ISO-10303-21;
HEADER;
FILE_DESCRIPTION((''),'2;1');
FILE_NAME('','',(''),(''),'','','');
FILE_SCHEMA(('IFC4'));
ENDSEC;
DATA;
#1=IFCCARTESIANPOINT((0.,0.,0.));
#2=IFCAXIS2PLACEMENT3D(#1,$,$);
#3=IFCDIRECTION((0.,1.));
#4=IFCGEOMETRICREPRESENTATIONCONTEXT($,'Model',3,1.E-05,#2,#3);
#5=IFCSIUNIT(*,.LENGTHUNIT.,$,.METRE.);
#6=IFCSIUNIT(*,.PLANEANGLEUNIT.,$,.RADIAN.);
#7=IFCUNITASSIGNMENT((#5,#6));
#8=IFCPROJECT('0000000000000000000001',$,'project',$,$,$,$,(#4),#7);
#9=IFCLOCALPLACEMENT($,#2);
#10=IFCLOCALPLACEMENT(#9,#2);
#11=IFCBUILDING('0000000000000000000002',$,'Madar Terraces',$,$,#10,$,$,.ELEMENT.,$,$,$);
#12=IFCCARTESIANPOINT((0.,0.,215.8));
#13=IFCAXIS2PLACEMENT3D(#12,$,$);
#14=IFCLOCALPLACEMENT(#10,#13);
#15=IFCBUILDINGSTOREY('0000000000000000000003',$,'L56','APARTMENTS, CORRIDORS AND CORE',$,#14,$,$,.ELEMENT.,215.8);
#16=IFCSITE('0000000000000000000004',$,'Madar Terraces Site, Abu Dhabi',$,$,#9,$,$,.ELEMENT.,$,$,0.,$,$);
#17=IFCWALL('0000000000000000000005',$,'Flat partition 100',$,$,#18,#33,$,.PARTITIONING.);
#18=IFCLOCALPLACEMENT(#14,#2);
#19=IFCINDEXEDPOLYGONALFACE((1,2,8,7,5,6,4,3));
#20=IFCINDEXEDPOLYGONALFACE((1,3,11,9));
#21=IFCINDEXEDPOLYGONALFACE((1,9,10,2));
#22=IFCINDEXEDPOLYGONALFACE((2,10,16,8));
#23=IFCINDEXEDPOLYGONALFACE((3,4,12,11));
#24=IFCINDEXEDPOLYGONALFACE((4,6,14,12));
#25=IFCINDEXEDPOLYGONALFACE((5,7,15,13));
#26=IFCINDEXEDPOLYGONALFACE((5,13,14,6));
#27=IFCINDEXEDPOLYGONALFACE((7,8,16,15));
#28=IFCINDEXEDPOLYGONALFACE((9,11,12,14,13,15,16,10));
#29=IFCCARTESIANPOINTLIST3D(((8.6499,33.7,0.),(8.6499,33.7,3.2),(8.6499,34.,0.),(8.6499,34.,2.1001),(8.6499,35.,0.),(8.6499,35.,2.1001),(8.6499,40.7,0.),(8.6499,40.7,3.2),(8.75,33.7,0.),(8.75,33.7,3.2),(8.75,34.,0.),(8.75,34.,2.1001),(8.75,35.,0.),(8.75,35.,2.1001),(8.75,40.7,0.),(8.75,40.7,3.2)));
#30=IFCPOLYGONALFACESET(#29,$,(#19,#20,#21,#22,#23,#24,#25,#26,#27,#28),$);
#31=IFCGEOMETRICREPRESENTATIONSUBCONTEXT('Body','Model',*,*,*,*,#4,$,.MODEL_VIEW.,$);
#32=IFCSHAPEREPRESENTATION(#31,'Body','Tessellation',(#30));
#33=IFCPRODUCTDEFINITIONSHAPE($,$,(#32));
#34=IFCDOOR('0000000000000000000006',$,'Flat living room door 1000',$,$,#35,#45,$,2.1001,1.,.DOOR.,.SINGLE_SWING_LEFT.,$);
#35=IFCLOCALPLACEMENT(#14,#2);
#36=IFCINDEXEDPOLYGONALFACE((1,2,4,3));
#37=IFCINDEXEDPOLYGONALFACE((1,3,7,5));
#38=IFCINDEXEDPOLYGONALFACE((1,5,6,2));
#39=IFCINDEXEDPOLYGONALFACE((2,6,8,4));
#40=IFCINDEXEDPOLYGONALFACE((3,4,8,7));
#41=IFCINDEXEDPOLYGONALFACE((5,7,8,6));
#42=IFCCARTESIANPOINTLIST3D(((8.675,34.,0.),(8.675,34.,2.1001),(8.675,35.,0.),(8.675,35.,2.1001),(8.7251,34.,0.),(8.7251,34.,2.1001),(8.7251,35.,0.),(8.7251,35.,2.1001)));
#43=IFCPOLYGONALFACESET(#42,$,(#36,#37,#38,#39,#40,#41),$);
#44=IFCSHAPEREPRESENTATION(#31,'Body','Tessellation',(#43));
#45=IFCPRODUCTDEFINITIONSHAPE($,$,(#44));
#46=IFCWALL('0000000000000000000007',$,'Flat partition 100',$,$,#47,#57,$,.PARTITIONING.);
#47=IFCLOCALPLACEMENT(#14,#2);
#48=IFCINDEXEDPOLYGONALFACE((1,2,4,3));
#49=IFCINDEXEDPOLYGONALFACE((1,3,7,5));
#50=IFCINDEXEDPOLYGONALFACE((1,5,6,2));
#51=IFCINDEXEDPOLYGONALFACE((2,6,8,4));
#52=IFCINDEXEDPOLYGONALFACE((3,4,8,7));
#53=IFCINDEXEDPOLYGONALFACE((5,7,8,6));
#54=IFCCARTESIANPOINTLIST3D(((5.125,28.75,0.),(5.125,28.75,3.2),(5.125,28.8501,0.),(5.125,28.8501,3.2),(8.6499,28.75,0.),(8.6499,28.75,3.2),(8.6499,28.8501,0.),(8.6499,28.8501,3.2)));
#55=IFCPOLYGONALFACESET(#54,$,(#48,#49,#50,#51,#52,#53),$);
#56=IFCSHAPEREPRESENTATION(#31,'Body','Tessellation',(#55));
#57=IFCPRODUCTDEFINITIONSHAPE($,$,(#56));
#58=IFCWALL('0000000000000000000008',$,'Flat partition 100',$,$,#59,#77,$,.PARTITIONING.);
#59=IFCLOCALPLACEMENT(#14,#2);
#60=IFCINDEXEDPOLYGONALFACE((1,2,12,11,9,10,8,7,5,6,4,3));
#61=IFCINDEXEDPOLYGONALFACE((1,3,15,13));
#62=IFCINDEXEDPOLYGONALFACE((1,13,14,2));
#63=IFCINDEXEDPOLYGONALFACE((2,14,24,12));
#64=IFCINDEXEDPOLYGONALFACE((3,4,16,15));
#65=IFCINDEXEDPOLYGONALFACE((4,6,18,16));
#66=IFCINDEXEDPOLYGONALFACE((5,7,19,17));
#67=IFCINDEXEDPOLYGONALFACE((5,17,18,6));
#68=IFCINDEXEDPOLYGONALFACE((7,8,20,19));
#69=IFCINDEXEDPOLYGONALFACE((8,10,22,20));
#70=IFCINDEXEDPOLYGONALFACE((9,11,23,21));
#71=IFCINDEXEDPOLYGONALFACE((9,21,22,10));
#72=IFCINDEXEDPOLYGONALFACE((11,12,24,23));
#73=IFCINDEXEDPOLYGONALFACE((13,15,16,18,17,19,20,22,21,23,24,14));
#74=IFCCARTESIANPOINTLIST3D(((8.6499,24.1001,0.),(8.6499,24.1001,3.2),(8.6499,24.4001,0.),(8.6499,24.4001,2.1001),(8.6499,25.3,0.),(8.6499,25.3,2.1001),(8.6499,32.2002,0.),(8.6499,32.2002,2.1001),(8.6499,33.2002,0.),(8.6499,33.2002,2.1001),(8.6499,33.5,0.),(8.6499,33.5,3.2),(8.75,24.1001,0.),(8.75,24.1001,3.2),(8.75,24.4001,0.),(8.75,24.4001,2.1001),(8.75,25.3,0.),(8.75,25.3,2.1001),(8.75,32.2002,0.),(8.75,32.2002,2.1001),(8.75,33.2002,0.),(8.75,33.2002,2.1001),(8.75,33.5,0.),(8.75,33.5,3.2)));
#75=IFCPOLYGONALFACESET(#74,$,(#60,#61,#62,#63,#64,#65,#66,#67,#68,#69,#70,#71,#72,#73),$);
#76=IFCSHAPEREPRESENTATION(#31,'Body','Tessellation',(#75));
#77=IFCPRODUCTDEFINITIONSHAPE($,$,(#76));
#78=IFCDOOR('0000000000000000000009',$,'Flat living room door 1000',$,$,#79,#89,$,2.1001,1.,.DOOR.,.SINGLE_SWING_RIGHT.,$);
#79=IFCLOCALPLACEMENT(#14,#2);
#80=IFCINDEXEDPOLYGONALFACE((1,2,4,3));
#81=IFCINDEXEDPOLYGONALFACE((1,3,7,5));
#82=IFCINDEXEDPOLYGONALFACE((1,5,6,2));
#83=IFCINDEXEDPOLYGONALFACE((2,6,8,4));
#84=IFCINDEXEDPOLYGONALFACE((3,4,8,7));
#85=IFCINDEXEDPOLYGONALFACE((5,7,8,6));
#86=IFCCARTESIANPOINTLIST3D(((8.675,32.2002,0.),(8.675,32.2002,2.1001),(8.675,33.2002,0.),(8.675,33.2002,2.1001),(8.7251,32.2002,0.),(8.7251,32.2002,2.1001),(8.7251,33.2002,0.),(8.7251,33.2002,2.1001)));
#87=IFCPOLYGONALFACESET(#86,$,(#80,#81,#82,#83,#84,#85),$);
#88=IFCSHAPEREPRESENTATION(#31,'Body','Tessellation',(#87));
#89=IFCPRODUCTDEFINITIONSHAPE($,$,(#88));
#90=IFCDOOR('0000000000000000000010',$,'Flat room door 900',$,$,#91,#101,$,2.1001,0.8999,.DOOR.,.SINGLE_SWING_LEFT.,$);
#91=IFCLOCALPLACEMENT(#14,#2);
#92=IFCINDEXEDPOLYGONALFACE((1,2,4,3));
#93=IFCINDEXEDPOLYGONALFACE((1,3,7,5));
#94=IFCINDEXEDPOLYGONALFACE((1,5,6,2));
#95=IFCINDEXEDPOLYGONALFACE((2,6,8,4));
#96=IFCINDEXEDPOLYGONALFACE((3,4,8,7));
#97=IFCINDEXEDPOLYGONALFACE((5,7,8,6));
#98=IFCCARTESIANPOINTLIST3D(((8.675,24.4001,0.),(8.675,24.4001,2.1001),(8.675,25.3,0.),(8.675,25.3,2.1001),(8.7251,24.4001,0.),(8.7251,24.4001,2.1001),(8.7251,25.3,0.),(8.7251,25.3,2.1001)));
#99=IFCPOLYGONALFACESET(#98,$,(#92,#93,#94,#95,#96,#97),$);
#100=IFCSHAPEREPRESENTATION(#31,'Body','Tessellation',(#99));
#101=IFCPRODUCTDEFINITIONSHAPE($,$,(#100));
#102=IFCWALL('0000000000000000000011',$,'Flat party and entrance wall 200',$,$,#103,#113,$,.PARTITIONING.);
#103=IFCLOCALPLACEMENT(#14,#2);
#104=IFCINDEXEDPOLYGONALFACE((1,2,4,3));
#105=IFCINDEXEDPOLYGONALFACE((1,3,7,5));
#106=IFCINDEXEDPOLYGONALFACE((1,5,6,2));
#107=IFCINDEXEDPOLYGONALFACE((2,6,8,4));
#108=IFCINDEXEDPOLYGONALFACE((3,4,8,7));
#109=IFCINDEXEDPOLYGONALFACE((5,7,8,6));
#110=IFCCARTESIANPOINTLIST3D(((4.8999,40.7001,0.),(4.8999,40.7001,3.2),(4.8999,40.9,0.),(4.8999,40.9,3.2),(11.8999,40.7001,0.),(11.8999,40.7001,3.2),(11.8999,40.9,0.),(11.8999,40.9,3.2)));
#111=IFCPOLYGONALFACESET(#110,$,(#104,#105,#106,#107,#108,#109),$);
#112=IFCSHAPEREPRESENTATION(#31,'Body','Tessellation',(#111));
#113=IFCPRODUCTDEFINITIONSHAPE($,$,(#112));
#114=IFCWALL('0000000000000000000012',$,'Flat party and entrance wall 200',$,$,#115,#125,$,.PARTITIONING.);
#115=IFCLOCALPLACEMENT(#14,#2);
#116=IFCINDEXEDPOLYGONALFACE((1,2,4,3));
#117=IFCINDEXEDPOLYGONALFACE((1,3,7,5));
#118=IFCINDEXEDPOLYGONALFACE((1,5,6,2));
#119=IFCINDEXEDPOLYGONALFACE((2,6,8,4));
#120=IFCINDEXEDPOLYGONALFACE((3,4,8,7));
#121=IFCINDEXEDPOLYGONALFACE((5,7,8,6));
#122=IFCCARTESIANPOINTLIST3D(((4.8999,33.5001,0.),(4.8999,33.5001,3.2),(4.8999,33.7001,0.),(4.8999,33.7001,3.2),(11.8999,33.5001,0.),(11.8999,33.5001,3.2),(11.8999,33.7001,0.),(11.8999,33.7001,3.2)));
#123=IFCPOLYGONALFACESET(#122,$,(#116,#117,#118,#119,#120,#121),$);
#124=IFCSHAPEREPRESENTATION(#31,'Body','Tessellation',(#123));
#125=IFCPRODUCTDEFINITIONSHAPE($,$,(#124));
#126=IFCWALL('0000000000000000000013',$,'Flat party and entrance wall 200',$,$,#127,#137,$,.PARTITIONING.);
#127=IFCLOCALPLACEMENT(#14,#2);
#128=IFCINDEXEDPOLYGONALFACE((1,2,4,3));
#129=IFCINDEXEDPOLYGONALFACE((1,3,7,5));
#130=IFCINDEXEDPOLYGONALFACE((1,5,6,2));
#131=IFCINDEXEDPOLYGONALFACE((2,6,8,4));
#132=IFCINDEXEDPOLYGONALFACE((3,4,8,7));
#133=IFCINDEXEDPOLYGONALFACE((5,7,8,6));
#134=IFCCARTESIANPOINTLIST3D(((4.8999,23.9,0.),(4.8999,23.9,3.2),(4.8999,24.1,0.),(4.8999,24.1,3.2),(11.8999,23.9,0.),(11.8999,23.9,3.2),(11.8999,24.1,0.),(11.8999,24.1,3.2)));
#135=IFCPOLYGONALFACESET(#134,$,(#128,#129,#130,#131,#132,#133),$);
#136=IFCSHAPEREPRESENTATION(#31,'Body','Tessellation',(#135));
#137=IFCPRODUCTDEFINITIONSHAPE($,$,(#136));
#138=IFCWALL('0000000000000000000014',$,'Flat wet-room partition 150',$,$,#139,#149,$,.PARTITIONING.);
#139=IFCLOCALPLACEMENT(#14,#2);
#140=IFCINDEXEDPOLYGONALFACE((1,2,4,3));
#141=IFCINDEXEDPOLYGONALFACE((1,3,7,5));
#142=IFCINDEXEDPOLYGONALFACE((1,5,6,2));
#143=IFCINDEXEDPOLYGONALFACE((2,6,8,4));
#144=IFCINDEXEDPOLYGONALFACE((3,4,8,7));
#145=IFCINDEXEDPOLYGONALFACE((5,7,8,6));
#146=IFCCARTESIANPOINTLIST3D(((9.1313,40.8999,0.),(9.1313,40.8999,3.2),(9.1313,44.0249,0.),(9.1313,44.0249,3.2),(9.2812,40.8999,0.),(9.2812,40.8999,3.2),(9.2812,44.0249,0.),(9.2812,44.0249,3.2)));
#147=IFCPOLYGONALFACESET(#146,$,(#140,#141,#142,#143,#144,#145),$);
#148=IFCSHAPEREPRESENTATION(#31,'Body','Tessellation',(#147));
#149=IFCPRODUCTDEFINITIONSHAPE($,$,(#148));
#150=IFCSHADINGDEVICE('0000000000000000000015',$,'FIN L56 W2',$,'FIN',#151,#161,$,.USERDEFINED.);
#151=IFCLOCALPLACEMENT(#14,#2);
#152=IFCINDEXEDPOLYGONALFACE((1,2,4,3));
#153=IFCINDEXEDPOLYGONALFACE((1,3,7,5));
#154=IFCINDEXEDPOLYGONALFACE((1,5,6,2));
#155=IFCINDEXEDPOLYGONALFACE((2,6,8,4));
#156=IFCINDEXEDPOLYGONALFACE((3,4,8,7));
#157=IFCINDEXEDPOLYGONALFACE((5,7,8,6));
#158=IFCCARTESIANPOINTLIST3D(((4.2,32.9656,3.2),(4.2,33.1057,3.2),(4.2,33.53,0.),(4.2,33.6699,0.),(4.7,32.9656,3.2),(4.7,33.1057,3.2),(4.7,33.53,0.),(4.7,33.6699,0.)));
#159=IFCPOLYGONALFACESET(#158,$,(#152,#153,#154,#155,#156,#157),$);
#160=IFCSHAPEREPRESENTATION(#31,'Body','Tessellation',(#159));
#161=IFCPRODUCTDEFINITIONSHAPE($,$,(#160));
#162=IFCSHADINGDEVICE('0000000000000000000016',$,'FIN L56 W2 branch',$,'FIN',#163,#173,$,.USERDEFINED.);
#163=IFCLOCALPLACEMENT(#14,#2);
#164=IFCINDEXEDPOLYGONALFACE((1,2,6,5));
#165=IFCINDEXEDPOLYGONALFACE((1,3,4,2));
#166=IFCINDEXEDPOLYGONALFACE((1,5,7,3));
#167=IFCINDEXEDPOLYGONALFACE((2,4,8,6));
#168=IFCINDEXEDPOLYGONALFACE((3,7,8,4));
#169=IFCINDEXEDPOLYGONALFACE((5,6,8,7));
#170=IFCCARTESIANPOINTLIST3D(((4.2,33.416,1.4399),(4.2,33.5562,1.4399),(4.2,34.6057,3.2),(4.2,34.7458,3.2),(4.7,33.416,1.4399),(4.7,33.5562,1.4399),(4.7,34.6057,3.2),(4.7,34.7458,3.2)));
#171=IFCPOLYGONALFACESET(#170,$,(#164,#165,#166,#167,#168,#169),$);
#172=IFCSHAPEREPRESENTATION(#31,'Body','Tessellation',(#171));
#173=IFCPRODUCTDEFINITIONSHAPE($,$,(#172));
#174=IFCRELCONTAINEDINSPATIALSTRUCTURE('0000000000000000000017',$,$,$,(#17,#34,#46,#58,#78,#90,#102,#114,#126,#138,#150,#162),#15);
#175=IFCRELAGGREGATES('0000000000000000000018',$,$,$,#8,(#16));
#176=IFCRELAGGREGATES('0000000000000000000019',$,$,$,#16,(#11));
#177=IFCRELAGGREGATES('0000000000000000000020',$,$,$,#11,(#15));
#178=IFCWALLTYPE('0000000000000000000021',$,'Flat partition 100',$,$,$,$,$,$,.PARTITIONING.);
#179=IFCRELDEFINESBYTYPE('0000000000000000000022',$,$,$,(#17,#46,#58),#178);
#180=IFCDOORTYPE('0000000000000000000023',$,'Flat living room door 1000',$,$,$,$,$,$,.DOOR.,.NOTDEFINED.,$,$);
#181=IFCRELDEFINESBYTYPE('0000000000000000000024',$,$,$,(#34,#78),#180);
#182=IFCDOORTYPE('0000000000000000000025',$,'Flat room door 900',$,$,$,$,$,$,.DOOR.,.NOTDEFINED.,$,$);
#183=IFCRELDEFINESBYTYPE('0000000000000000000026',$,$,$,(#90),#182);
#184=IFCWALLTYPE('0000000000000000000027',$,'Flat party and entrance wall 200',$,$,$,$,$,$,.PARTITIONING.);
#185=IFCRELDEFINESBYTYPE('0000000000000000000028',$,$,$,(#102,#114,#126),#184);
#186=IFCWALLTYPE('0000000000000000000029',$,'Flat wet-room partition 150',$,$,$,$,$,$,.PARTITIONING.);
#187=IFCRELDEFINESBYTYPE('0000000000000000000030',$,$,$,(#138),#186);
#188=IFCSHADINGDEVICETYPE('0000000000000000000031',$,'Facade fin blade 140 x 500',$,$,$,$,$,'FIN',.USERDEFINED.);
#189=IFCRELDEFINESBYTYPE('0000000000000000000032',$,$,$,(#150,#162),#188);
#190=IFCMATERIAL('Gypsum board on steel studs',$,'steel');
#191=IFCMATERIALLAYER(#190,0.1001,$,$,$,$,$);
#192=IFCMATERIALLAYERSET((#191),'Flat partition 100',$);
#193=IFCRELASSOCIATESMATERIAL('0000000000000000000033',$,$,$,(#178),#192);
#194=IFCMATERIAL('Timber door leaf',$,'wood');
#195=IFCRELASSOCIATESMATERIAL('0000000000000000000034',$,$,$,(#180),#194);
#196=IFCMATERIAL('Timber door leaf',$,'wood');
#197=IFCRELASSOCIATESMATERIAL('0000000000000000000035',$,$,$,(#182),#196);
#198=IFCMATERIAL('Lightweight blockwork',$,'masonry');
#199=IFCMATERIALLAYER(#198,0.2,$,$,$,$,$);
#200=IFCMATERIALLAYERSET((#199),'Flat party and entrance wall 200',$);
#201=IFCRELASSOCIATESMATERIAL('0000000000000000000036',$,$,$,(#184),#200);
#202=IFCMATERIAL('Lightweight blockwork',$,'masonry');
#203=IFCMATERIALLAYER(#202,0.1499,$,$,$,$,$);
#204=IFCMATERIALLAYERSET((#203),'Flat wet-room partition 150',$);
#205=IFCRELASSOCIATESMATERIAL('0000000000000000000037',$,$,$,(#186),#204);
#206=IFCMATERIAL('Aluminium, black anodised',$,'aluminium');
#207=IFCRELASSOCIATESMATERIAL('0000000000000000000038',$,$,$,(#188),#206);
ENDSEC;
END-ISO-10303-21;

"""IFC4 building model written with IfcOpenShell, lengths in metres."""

from ifc_helpers import new_model, si_unit, direction, frame, frame_2d, origin, place, context, subcontext, project, spatial, polyline, rectangle, outline, extrude, material, layer, layer_set, type_object, element, fill, save


model = new_model("IFC4")

# Units and contexts
model_context = context("Model", 3, precision=1e-05, world=origin(), true_north=direction((0.0, 1.0)))
body_context = subcontext(model_context, "Body", "Model", "MODEL_VIEW")
ifc_project = project(units=[si_unit("LENGTHUNIT", "METRE"), si_unit("PLANEANGLEUNIT", "RADIAN")], contexts=[model_context])

# Site, building, storey
site_placement = place(None, origin())
site = spatial("IfcSite", under=ifc_project, at=site_placement, Name="Madar Terraces Site, Abu Dhabi", CompositionType="ELEMENT", RefElevation=0.0)
building_placement = place(site_placement, origin())
building = spatial("IfcBuilding", under=site, at=building_placement, Name="Madar Terraces", CompositionType="ELEMENT")
storey_placement = place(building_placement, frame((0.0, 0.0, 215.8)))
storey = spatial("IfcBuildingStorey", under=building, at=storey_placement, Name="L56", Description="APARTMENTS, CORRIDORS AND CORE", CompositionType="ELEMENT", Elevation=215.8)

# Wall, opening, door
ifc_material_1 = material(Name="Gypsum board on steel studs", Category="steel")
ifc_layer_1 = layer(ifc_material_1, 0.1001)
ifc_layer_set_1 = layer_set([ifc_layer_1], Name="Flat partition 100")
wall_type_1 = type_object("IfcWallType", Name="Flat partition 100", PredefinedType="PARTITIONING", material=ifc_layer_set_1)
wall_1_placement = place(storey_placement, frame((8.7, 33.7, 0.0), z_axis=(0.0, 0.0, 1.0), x_axis=(0.0, 1.0, 0.0)))
wall_1 = element("IfcWall", 1, at=wall_1_placement, inside=storey, type_object=wall_type_1, Name="Flat partition 100", PredefinedType="PARTITIONING", context=body_context, shape_type="SweptSolid", body=[
    extrude(rectangle(XDim=7.0, YDim=0.1001, at=frame_2d((3.5, 0.0))), origin(), (0.0, 0.0, 1.0), 3.2),
])
opening_1_placement = place(wall_1_placement, frame((0.3, 0.0, 0.0)))
opening_1 = element("IfcOpeningElement", 2, at=opening_1_placement, cuts=wall_1, PredefinedType="OPENING", context=body_context, shape_type="SweptSolid", body=[
    extrude(rectangle(XDim=1.0, YDim=2.1001, at=frame_2d((0.5, 1.05))), frame((0.0, 0.0601, 0.0), z_axis=(0.0, -1.0, 0.0), x_axis=(1.0, 0.0, 0.0)), (0.0, 0.0, 1.0), 0.1201),
])
ifc_material_2 = material(Name="Timber door leaf", Category="wood")
door_type_1 = type_object("IfcDoorType", Name="Flat living room door 1000", OperationType="NOTDEFINED", PredefinedType="DOOR", material=ifc_material_2)
door_1_placement = place(opening_1_placement, origin())
door_1 = element("IfcDoor", 3, at=door_1_placement, inside=storey, type_object=door_type_1, Name="Flat living room door 1000", OperationType="SINGLE_SWING_LEFT", OverallHeight=2.1001, OverallWidth=1.0, PredefinedType="DOOR", context=body_context, shape_type="SweptSolid", body=[
    extrude(rectangle(XDim=1.0, YDim=2.1001, at=frame_2d((0.5, 1.05))), frame((0.0, 0.0249, 0.0), z_axis=(0.0, -1.0, 0.0), x_axis=(1.0, 0.0, 0.0)), (0.0, 0.0, 1.0), 0.05),
])
fill(opening_1, door_1)

# Wall
wall_2_placement = place(storey_placement, frame((8.6499, 28.8, 0.0), z_axis=(0.0, 0.0, 1.0), x_axis=(-1.0, 0.0, 0.0)))
element("IfcWall", 4, at=wall_2_placement, inside=storey, type_object=wall_type_1, Name="Flat partition 100", PredefinedType="PARTITIONING", context=body_context, shape_type="SweptSolid", body=[
    extrude(rectangle(XDim=3.5249, YDim=0.1001, at=frame_2d((1.7625, 0.0))), origin(), (0.0, 0.0, 1.0), 3.2),
])

# Wall, openings, doors
wall_3_placement = place(storey_placement, frame((8.7, 24.1001, 0.0), z_axis=(0.0, 0.0, 1.0), x_axis=(0.0, 1.0, 0.0)))
wall_3 = element("IfcWall", 5, at=wall_3_placement, inside=storey, type_object=wall_type_1, Name="Flat partition 100", PredefinedType="PARTITIONING", context=body_context, shape_type="SweptSolid", body=[
    extrude(rectangle(XDim=9.3999, YDim=0.1001, at=frame_2d((4.7, 0.0))), origin(), (0.0, 0.0, 1.0), 3.2),
])
opening_2_placement = place(wall_3_placement, frame((0.3, 0.0, 0.0)))
opening_2 = element("IfcOpeningElement", 6, at=opening_2_placement, cuts=wall_3, PredefinedType="OPENING", context=body_context, shape_type="SweptSolid", body=[
    extrude(rectangle(XDim=0.8999, YDim=2.1001, at=frame_2d((0.45, 1.05))), frame((0.0, 0.0601, 0.0), z_axis=(0.0, -1.0, 0.0), x_axis=(1.0, 0.0, 0.0)), (0.0, 0.0, 1.0), 0.1201),
])
opening_3_placement = place(wall_3_placement, frame((8.1001, 0.0, 0.0)))
opening_3 = element("IfcOpeningElement", 7, at=opening_3_placement, cuts=wall_3, PredefinedType="OPENING", context=body_context, shape_type="SweptSolid", body=[
    extrude(rectangle(XDim=1.0, YDim=2.1001, at=frame_2d((0.5, 1.05))), frame((0.0, 0.0601, 0.0), z_axis=(0.0, -1.0, 0.0), x_axis=(1.0, 0.0, 0.0)), (0.0, 0.0, 1.0), 0.1201),
])
door_2_placement = place(opening_3_placement, origin())
door_2 = element("IfcDoor", 8, at=door_2_placement, inside=storey, type_object=door_type_1, Name="Flat living room door 1000", OperationType="SINGLE_SWING_RIGHT", OverallHeight=2.1001, OverallWidth=1.0, PredefinedType="DOOR", context=body_context, shape_type="SweptSolid", body=[
    extrude(rectangle(XDim=1.0, YDim=2.1001, at=frame_2d((0.5, 1.05))), frame((0.0, 0.0249, 0.0), z_axis=(0.0, -1.0, 0.0), x_axis=(1.0, 0.0, 0.0)), (0.0, 0.0, 1.0), 0.05),
])
fill(opening_3, door_2)
ifc_material_3 = material(Name="Timber door leaf", Category="wood")
door_type_2 = type_object("IfcDoorType", Name="Flat room door 900", OperationType="NOTDEFINED", PredefinedType="DOOR", material=ifc_material_3)
door_3_placement = place(opening_2_placement, origin())
door_3 = element("IfcDoor", 9, at=door_3_placement, inside=storey, type_object=door_type_2, Name="Flat room door 900", OperationType="SINGLE_SWING_LEFT", OverallHeight=2.1001, OverallWidth=0.8999, PredefinedType="DOOR", context=body_context, shape_type="SweptSolid", body=[
    extrude(rectangle(XDim=0.8999, YDim=2.1001, at=frame_2d((0.45, 1.05))), frame((0.0, 0.0249, 0.0), z_axis=(0.0, -1.0, 0.0), x_axis=(1.0, 0.0, 0.0)), (0.0, 0.0, 1.0), 0.05),
])
fill(opening_2, door_3)

# Walls
ifc_material_4 = material(Name="Lightweight blockwork", Category="masonry")
ifc_layer_2 = layer(ifc_material_4, 0.2)
ifc_layer_set_2 = layer_set([ifc_layer_2], Name="Flat party and entrance wall 200")
wall_type_2 = type_object("IfcWallType", Name="Flat party and entrance wall 200", PredefinedType="PARTITIONING", material=ifc_layer_set_2)
for number, where, z_axis, x_axis, name in (
    (10, (4.8999, 40.8, 0.0), (0.0, 0.0, 1.0), (1.0, 0.0, 0.0), "Flat party and entrance wall 200"),
    (11, (4.8999, 33.6001, 0.0), (0.0, 0.0, 1.0), (1.0, 0.0, 0.0), "Flat party and entrance wall 200"),
    (12, (4.8999, 24.0, 0.0), (0.0, 0.0, 1.0), (1.0, 0.0, 0.0), "Flat party and entrance wall 200"),
):
    element("IfcWall", number, at=place(storey_placement, frame(where, z_axis=z_axis, x_axis=x_axis)), inside=storey, type_object=wall_type_2, Name=name, PredefinedType="PARTITIONING", context=body_context, shape_type="SweptSolid", body=[
        extrude(rectangle(XDim=7.0, YDim=0.2, at=frame_2d((3.5, 0.0))), origin(), (0.0, 0.0, 1.0), 3.2),
    ])
ifc_material_5 = material(Name="Lightweight blockwork", Category="masonry")
ifc_layer_3 = layer(ifc_material_5, 0.1499)
ifc_layer_set_3 = layer_set([ifc_layer_3], Name="Flat wet-room partition 150")
wall_type_3 = type_object("IfcWallType", Name="Flat wet-room partition 150", PredefinedType="PARTITIONING", material=ifc_layer_set_3)
wall_4_placement = place(storey_placement, frame((9.2063, 40.8999, 0.0), z_axis=(0.0, 0.0, 1.0), x_axis=(0.0, 1.0, 0.0)))
element("IfcWall", 13, at=wall_4_placement, inside=storey, type_object=wall_type_3, Name="Flat wet-room partition 150", PredefinedType="PARTITIONING", context=body_context, shape_type="SweptSolid", body=[
    extrude(rectangle(XDim=3.125, YDim=0.1499, at=frame_2d((1.5625, 0.0))), origin(), (0.0, 0.0, 1.0), 3.2),
])

# Shading devices
ifc_material_6 = material(Name="Aluminium, black anodised", Category="aluminium")
shading_device_type = type_object("IfcShadingDeviceType", Name="Facade fin blade 140 x 500", ElementType="FIN", PredefinedType="USERDEFINED", material=ifc_material_6)
shading_device_1_placement = place(storey_placement, frame((4.45, 33.6699, 0.0), z_axis=(0.0, 0.0, 1.0), x_axis=(0.0, -1.0, 0.0)))
element("IfcShadingDevice", 14, at=shading_device_1_placement, inside=storey, type_object=shading_device_type, Name="FIN L56 W2", ObjectType="FIN", PredefinedType="USERDEFINED", context=body_context, shape_type="SweptSolid", body=[
    extrude(outline(polyline([(0.0, 0.0), (0.1399, 0.0), (0.7043, 3.2), (0.5642, 3.2), (0.0, 0.0)])), frame((0.0, 0.25, 0.0), z_axis=(0.0, -1.0, 0.0), x_axis=(1.0, 0.0, 0.0)), (0.0, 0.0, 1.0), 0.5),
])
shading_device_2_placement = place(storey_placement, frame((4.45, 33.5562, 1.4399), z_axis=(0.0, 0.0, 1.0), x_axis=(0.0, -1.0, 0.0)))
element("IfcShadingDevice", 15, at=shading_device_2_placement, inside=storey, type_object=shading_device_type, Name="FIN L56 W2 branch", ObjectType="FIN", PredefinedType="USERDEFINED", context=body_context, shape_type="SweptSolid", body=[
    extrude(outline(polyline([(0.0, 0.0), (0.1401, 0.0), (-1.0496, 1.76), (-1.1897, 1.76), (0.0, 0.0)])), frame((0.0, 0.25, 0.0), z_axis=(0.0, -1.0, 0.0), x_axis=(1.0, 0.0, 0.0)), (0.0, 0.0, 1.0), 0.5),
])

save(model, "model.ifc")
